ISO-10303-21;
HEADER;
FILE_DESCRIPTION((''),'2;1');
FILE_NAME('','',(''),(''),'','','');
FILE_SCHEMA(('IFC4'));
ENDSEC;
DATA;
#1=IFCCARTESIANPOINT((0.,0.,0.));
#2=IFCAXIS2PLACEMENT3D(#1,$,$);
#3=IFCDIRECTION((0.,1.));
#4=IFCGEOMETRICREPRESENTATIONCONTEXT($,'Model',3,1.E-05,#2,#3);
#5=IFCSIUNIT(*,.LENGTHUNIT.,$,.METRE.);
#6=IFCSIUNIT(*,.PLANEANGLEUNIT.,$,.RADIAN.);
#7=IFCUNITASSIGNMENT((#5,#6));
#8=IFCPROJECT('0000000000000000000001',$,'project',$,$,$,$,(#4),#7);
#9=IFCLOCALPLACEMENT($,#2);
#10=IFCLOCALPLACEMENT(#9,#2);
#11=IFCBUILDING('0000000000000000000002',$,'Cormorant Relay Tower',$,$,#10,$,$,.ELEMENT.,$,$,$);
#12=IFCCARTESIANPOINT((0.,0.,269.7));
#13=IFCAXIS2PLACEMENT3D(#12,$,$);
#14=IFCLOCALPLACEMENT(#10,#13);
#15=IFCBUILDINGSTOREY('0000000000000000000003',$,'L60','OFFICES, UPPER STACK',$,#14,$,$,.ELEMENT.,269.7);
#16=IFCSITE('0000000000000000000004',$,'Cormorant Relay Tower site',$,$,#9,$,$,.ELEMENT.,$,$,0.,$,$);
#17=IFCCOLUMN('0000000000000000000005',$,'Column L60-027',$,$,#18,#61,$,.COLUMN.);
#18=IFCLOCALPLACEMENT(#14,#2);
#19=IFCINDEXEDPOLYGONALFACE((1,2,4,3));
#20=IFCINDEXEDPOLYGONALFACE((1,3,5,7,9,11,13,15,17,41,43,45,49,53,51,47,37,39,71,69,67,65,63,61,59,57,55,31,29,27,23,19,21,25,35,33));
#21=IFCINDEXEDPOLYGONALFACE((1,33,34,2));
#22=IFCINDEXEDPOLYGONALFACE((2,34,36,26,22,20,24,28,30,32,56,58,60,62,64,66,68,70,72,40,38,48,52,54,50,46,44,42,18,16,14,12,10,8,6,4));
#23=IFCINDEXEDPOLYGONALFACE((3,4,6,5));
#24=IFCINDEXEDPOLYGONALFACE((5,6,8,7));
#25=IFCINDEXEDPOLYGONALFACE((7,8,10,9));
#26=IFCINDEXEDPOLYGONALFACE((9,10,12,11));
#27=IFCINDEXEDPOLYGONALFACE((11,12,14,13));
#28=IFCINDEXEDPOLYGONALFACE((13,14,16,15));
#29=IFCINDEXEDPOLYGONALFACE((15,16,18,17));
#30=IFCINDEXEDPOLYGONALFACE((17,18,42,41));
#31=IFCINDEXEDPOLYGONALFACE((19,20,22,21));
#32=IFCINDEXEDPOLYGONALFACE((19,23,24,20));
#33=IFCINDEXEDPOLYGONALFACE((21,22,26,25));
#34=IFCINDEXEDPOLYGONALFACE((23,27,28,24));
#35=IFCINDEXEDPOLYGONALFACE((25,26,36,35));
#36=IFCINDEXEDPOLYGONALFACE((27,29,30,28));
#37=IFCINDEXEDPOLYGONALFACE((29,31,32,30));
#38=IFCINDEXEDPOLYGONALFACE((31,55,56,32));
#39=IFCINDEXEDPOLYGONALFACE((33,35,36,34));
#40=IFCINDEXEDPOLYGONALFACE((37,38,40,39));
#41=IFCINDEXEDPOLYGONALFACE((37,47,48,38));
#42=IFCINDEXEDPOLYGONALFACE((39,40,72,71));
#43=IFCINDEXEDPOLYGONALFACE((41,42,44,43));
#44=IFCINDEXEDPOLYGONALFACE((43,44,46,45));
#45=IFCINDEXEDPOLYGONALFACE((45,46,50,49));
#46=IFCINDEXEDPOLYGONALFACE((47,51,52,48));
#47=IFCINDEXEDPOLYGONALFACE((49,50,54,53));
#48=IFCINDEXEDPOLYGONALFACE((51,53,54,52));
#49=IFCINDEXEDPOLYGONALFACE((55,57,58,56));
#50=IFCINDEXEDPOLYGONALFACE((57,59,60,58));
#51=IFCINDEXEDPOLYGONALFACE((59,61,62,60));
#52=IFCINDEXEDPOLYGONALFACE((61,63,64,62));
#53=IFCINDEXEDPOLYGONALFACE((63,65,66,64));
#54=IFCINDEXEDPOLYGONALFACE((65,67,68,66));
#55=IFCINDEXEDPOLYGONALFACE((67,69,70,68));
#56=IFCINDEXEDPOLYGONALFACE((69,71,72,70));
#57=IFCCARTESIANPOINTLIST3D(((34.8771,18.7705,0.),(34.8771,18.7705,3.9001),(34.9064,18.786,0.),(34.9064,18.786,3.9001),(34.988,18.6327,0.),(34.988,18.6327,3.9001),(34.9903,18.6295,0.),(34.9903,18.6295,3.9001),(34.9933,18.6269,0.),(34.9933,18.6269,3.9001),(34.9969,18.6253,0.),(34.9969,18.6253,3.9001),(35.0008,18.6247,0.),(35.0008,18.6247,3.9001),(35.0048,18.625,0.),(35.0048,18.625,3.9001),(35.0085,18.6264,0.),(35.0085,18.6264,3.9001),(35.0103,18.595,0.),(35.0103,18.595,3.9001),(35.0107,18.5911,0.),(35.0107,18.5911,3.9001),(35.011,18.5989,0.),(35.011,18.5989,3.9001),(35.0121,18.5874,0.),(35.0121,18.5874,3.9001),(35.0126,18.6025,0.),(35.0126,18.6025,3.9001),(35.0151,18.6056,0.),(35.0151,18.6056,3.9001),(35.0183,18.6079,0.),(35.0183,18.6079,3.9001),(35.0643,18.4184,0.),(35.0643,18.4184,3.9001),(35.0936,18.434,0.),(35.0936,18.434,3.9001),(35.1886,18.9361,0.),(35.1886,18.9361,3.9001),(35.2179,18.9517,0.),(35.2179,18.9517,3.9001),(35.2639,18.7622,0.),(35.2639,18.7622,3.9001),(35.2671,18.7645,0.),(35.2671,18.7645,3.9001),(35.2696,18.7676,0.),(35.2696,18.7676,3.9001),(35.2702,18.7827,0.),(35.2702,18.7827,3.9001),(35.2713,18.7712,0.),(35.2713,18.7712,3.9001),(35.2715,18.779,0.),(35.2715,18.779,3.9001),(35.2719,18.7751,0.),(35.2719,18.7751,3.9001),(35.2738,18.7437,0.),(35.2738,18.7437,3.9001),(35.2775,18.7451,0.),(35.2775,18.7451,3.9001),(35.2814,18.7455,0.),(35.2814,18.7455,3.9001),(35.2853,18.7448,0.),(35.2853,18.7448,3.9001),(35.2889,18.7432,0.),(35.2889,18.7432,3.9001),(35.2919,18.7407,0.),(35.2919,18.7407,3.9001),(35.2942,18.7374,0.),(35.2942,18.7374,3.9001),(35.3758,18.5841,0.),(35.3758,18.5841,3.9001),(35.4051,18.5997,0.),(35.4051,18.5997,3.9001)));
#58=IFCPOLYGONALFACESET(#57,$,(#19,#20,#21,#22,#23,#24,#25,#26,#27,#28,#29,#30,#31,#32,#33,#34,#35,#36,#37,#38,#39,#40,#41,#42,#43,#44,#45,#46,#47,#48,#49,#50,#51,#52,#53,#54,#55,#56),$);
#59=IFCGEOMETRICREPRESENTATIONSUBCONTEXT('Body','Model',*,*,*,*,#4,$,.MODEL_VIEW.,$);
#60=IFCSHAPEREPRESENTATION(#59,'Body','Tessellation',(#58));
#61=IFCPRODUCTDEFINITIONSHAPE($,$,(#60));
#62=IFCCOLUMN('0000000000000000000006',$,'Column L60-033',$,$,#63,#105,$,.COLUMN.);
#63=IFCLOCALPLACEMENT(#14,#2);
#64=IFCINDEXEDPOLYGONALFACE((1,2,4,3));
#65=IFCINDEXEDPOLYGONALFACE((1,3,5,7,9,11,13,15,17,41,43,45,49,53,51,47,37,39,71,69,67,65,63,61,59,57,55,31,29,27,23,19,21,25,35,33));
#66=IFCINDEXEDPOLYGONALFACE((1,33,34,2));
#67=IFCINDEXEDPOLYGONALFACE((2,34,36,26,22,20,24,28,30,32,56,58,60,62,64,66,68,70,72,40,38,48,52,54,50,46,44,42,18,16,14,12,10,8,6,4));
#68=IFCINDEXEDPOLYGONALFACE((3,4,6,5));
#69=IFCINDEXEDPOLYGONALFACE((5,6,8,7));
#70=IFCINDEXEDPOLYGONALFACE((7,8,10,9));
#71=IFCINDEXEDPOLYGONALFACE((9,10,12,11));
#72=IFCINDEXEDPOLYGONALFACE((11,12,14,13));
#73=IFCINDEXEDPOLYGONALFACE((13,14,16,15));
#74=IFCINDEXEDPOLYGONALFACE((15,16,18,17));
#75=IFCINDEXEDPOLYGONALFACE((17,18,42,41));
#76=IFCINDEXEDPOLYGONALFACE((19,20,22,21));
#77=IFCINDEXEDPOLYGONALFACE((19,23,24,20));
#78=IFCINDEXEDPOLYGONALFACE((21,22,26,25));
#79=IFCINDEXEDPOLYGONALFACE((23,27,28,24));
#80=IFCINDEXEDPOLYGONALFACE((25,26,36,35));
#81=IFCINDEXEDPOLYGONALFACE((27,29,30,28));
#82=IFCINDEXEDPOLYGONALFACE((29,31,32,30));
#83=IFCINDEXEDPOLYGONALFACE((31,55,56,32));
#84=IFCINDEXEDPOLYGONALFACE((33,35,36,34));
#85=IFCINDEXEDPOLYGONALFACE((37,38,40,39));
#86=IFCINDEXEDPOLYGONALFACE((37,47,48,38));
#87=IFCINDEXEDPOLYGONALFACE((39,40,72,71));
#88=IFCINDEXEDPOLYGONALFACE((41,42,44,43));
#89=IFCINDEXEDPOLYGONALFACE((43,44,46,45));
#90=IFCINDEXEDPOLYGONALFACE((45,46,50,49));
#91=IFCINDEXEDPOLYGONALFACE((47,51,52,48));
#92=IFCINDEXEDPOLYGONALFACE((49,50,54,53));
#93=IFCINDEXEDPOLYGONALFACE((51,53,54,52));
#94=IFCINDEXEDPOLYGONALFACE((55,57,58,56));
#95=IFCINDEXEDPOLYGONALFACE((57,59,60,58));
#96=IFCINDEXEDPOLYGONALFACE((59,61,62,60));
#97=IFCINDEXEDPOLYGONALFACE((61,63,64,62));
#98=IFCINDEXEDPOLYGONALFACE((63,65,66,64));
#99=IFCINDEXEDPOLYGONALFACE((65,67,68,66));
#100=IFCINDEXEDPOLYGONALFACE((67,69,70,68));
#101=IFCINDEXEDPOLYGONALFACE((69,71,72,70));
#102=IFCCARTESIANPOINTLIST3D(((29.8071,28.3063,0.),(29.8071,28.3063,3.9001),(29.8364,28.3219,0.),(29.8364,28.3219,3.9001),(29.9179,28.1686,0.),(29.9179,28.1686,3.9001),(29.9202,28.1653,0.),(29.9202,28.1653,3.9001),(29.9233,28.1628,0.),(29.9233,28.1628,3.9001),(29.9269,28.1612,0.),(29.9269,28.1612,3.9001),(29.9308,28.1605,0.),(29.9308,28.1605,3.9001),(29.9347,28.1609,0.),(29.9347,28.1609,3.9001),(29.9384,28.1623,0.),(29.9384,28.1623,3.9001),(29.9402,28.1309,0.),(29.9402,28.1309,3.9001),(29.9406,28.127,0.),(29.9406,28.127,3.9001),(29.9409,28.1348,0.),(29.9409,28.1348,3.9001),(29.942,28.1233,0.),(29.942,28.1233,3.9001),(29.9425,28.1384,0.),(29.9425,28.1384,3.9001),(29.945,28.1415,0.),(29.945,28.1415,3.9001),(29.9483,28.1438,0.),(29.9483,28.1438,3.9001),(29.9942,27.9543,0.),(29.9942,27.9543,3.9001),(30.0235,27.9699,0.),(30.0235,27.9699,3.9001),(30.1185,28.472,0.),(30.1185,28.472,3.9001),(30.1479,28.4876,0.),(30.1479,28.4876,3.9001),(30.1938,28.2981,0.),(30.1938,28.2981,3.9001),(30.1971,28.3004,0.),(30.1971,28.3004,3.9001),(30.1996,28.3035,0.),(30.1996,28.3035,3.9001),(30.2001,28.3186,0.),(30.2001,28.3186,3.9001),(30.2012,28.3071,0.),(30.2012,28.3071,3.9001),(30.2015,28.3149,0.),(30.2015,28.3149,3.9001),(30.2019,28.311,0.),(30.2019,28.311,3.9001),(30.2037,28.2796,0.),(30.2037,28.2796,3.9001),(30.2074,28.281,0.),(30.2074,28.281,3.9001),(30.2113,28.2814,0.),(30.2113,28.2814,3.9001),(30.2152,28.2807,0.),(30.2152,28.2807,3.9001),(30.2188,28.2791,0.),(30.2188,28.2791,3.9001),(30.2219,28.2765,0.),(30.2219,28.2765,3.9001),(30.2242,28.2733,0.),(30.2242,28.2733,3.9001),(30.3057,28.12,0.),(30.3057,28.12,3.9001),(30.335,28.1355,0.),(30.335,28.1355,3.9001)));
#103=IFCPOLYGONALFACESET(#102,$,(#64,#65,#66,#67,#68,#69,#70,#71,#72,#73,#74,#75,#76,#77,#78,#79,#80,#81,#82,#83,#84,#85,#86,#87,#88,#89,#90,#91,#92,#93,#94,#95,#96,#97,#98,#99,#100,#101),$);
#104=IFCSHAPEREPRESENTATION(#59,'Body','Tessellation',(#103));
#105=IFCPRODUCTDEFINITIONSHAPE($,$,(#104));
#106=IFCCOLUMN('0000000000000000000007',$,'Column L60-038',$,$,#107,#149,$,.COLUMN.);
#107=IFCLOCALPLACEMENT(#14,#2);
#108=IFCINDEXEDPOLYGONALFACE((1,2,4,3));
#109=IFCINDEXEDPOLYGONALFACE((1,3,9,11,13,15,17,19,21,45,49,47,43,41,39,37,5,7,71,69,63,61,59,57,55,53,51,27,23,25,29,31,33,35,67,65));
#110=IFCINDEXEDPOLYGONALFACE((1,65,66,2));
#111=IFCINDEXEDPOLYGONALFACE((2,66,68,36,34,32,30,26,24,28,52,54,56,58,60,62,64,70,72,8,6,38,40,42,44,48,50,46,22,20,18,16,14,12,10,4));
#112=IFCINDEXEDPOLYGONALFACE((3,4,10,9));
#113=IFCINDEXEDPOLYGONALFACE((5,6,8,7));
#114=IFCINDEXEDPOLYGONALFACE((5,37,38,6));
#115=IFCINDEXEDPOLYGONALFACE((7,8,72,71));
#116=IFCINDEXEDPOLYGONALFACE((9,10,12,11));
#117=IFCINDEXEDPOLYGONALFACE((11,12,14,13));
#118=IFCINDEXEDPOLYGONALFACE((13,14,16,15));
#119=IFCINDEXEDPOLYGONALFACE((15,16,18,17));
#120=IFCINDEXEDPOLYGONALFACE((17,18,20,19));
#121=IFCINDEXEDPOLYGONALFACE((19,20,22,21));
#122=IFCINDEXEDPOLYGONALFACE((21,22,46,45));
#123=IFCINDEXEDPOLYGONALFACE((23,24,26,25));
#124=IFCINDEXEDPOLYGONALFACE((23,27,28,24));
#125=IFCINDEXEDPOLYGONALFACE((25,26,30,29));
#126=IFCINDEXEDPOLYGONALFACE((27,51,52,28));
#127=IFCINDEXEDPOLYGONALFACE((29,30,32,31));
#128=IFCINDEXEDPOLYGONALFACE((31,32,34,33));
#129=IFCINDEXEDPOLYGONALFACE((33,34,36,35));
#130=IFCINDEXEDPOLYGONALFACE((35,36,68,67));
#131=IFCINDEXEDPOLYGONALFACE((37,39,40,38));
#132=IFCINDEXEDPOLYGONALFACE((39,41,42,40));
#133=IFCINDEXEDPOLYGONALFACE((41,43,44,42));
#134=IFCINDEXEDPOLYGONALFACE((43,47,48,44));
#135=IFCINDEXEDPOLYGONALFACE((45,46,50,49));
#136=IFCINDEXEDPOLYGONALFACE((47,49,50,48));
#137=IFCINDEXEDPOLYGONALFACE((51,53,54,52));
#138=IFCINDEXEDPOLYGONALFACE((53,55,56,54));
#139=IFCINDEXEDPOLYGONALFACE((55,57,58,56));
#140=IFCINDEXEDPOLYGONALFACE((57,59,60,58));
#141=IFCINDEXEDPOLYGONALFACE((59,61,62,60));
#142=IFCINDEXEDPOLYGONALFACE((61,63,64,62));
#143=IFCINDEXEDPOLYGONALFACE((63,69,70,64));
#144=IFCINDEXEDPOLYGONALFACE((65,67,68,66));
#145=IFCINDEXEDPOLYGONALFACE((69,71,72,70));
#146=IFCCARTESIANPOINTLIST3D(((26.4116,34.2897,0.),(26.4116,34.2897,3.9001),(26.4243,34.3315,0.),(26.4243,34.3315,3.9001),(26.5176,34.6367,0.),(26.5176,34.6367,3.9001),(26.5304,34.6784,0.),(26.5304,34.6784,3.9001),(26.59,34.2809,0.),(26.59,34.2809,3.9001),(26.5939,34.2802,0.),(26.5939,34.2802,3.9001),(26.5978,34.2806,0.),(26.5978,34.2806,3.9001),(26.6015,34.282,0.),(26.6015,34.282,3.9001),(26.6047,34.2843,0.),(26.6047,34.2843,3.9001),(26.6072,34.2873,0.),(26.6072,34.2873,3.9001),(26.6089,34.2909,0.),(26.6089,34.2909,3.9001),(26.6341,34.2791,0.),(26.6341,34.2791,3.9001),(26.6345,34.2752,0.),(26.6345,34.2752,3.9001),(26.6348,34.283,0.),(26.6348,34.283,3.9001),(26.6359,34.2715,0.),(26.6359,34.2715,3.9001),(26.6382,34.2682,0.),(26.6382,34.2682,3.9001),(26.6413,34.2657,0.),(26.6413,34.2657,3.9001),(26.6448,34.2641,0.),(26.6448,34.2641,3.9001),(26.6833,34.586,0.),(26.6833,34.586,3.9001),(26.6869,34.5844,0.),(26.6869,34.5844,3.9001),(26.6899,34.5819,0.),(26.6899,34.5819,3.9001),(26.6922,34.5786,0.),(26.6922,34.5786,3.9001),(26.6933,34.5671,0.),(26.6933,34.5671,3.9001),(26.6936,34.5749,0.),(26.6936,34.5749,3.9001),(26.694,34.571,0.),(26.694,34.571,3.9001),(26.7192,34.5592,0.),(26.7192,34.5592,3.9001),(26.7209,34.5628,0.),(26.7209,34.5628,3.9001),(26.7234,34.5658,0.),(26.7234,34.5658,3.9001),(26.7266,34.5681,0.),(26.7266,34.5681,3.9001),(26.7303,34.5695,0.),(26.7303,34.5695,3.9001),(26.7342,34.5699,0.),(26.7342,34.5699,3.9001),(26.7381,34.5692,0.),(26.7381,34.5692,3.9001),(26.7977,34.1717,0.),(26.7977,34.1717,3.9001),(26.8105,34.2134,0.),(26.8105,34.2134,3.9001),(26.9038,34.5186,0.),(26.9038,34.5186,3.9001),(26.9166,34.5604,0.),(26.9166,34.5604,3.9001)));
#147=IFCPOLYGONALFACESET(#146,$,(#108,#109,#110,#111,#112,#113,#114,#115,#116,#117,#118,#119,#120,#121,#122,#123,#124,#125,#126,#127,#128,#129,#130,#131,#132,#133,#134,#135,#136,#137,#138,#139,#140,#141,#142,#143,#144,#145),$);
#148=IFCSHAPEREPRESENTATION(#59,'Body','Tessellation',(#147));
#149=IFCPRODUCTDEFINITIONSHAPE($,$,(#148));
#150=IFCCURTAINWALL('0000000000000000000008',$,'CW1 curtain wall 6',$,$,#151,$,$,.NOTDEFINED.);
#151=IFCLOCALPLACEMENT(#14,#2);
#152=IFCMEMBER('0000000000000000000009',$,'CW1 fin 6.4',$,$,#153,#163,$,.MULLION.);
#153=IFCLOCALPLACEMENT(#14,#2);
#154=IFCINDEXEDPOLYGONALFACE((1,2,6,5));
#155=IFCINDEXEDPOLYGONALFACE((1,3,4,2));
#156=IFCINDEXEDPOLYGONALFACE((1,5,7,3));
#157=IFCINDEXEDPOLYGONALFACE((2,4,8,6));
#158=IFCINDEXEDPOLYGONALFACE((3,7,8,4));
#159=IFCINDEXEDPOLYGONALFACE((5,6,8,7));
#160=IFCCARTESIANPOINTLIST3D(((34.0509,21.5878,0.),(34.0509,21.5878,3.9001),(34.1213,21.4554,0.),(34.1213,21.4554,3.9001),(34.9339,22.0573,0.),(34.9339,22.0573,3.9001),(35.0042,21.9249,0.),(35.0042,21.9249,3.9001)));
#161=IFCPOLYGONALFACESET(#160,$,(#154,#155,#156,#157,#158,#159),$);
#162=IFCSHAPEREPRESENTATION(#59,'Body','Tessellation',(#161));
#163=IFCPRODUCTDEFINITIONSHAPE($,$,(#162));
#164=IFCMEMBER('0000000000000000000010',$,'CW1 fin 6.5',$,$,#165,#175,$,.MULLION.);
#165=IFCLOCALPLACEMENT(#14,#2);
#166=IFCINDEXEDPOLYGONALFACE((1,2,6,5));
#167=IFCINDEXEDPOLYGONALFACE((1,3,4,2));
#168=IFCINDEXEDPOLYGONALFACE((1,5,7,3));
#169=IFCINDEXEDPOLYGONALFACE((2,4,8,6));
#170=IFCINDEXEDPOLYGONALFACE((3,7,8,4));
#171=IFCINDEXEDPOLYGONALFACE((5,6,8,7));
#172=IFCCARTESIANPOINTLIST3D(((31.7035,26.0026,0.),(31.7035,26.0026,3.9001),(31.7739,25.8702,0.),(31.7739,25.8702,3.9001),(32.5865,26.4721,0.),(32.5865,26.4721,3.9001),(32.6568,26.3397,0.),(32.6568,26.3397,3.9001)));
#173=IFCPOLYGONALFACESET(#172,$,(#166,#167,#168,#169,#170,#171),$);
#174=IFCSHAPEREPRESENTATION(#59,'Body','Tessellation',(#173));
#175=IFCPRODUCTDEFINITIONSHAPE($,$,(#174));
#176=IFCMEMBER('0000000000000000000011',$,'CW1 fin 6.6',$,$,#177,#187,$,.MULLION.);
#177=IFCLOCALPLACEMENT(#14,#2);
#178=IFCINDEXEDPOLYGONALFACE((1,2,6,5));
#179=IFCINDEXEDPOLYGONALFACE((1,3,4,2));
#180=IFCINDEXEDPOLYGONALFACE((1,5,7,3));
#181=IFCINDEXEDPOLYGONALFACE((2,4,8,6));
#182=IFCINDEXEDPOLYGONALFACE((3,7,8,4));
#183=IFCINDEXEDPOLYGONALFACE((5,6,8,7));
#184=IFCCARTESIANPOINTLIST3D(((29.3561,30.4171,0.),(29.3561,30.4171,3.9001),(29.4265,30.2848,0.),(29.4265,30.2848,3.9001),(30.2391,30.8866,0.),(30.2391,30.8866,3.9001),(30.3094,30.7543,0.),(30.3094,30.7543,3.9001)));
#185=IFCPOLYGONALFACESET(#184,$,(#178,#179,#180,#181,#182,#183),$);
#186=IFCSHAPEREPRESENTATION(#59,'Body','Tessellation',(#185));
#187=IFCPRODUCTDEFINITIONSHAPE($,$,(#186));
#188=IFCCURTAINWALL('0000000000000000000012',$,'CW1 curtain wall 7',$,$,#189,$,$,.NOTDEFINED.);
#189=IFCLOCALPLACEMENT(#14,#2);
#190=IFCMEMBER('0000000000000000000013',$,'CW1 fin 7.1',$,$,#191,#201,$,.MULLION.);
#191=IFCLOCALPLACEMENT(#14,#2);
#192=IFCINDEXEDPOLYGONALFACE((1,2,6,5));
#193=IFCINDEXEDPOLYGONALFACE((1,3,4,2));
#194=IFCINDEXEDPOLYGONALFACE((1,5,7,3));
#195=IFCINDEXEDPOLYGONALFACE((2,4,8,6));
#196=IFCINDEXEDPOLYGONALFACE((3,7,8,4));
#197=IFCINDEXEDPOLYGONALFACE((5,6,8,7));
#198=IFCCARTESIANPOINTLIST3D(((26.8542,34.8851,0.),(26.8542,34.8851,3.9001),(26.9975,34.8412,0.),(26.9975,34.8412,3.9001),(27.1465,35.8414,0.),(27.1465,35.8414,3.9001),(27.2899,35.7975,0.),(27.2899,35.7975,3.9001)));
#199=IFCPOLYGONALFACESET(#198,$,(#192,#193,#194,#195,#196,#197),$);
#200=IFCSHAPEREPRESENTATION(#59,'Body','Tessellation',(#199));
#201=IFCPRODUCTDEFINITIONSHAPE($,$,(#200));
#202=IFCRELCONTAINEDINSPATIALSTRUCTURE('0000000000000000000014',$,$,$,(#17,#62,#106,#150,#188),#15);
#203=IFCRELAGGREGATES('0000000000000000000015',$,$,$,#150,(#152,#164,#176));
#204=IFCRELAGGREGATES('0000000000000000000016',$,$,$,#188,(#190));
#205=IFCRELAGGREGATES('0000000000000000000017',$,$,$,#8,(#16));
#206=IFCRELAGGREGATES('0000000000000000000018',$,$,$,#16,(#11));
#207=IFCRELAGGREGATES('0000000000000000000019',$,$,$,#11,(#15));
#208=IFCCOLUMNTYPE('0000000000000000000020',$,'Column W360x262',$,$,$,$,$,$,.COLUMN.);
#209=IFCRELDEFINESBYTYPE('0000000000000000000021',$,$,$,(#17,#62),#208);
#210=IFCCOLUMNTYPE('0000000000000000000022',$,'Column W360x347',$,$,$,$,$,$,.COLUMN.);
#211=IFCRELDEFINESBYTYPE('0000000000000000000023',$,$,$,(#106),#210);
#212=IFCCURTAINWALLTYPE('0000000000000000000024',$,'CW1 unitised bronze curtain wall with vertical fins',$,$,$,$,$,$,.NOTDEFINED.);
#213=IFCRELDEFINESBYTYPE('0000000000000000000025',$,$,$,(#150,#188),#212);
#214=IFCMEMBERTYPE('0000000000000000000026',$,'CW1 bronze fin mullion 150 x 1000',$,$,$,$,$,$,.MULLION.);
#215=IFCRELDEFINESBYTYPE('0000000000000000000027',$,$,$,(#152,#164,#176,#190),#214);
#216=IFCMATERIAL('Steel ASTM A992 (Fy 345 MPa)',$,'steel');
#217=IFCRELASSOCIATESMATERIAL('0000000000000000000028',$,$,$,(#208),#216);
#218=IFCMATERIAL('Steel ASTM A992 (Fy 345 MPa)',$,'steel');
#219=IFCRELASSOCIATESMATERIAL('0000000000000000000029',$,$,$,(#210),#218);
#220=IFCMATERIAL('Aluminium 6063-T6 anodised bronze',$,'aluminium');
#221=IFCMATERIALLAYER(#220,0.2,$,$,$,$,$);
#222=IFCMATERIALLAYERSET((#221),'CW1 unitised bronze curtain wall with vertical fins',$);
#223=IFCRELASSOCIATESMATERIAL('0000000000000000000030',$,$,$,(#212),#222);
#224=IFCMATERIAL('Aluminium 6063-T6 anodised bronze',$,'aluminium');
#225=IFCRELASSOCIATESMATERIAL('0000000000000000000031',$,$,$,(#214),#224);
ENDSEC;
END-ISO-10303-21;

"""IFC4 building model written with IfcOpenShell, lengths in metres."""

from ifc_helpers import new_model, si_unit, direction, frame, origin, origin_2d, place, context, subcontext, project, spatial, rectangle, i_section, extrude, material, layer, layer_set, material_profile, profile_set, type_object, element, aggregate, save


model = new_model("IFC4")

# Units and contexts
model_context = context("Model", 3, precision=1e-05, world=origin(), true_north=direction((0.0, 1.0)))
body_context = subcontext(model_context, "Body", "Model", "MODEL_VIEW")
ifc_project = project(units=[si_unit("LENGTHUNIT", "METRE"), si_unit("PLANEANGLEUNIT", "RADIAN")], contexts=[model_context])

# Site, building, storey
site_placement = place(None, origin())
site = spatial("IfcSite", under=ifc_project, at=site_placement, Name="Cormorant Relay Tower site", CompositionType="ELEMENT", RefElevation=0.0)
building_placement = place(site_placement, origin())
building = spatial("IfcBuilding", under=site, at=building_placement, Name="Cormorant Relay Tower", CompositionType="ELEMENT")
storey_placement = place(building_placement, frame((0.0, 0.0, 269.7)))
storey = spatial("IfcBuildingStorey", under=building, at=storey_placement, Name="L60", Description="OFFICES, UPPER STACK", CompositionType="ELEMENT", Elevation=269.7)

# Columns
ifc_material_1 = material(Name="Steel ASTM A992 (Fy 345 MPa)", Category="steel")
ifc_material_profile_1 = material_profile(ifc_material_1, i_section(OverallWidth=0.3987, OverallDepth=0.386, WebThickness=0.021, FlangeThickness=0.0332, FilletRadius=0.0151, at=origin_2d()), Name="W360x262")
ifc_profile_set_1 = profile_set([ifc_material_profile_1], Name="Steel ASTM A992 (Fy 345 MPa)")
column_type_1 = type_object("IfcColumnType", Name="Column W360x262", PredefinedType="COLUMN", material=ifc_profile_set_1)
for number, where, z_axis, x_axis, name in (
    (1, (35.1411, 18.6851, 0.0), (0.0, 0.0, 1.0), (-0.469472, 0.882948, 0.0), "Column L60-027"),
    (2, (30.071, 28.2209, 0.0), (0.0, 0.0, 1.0), (-0.469472, 0.882948, 0.0), "Column L60-033"),
):
    element("IfcColumn", number, at=place(storey_placement, frame(where, z_axis=z_axis, x_axis=x_axis)), inside=storey, type_object=column_type_1, Name=name, PredefinedType="COLUMN", context=body_context, shape_type="SweptSolid", body=[
        extrude(i_section(OverallWidth=0.3987, OverallDepth=0.386, WebThickness=0.021, FlangeThickness=0.0332, FilletRadius=0.0151, at=origin_2d()), origin(), (0.0, 0.0, 1.0), 3.9001),
    ])
ifc_material_2 = material(Name="Steel ASTM A992 (Fy 345 MPa)", Category="steel")
ifc_material_profile_2 = material_profile(ifc_material_2, i_section(OverallWidth=0.4038, OverallDepth=0.4065, WebThickness=0.0271, FlangeThickness=0.0437, FilletRadius=0.0151, at=origin_2d()), Name="W360x347")
ifc_profile_set_2 = profile_set([ifc_material_profile_2], Name="Steel ASTM A992 (Fy 345 MPa)")
column_type_2 = type_object("IfcColumnType", Name="Column W360x347", PredefinedType="COLUMN", material=ifc_profile_set_2)
column_placement = place(storey_placement, frame((26.6641, 34.425, 0.0), z_axis=(0.0, 0.0, 1.0), x_axis=(-0.956305, 0.292372, 0.0)))
element("IfcColumn", 3, at=column_placement, inside=storey, type_object=column_type_2, Name="Column L60-038", PredefinedType="COLUMN", context=body_context, shape_type="SweptSolid", body=[
    extrude(i_section(OverallWidth=0.4038, OverallDepth=0.4065, WebThickness=0.0271, FlangeThickness=0.0437, FilletRadius=0.0151, at=origin_2d()), origin(), (0.0, 0.0, 1.0), 3.9001),
])

# Curtain walls, members
ifc_material_3 = material(Name="Aluminium 6063-T6 anodised bronze", Category="aluminium")
ifc_layer_1 = layer(ifc_material_3, 0.2)
ifc_layer_set_1 = layer_set([ifc_layer_1], Name="CW1 unitised bronze curtain wall with vertical fins")
curtain_wall_type = type_object("IfcCurtainWallType", Name="CW1 unitised bronze curtain wall with vertical fins", PredefinedType="NOTDEFINED", material=ifc_layer_set_1)
curtain_wall_1_placement = place(storey_placement, origin())
curtain_wall_1 = element("IfcCurtainWall", 4, at=curtain_wall_1_placement, inside=storey, type_object=curtain_wall_type, Name="CW1 curtain wall 6", PredefinedType="NOTDEFINED")
ifc_material_4 = material(Name="Aluminium 6063-T6 anodised bronze", Category="aluminium")
ifc_material_profile_3 = material_profile(ifc_material_4, rectangle(XDim=0.1499, YDim=1.0, at=origin_2d()), Name="AL 150x1000")
ifc_profile_set_3 = profile_set([ifc_material_profile_3], Name="Aluminium 6063-T6 anodised bronze")
member_type_1 = type_object("IfcMemberType", Name="CW1 bronze fin mullion 150 x 1000", PredefinedType="MULLION", material=ifc_profile_set_3)
member_1_placement = place(storey_placement, frame((34.5276, 21.7563, 0.0), z_axis=(0.0, 0.0, 1.0), x_axis=(-0.469472, 0.882948, 0.0)))
member_1 = element("IfcMember", 5, at=member_1_placement, type_object=member_type_1, Name="CW1 fin 6.4", PredefinedType="MULLION", context=body_context, shape_type="SweptSolid", body=[
    extrude(rectangle(XDim=0.1499, YDim=1.0, at=origin_2d()), origin(), (0.0, 0.0, 1.0), 3.9001),
])
member_2_placement = place(storey_placement, frame((32.1802, 26.1711, 0.0), z_axis=(0.0, 0.0, 1.0), x_axis=(-0.469472, 0.882948, 0.0)))
member_2 = element("IfcMember", 6, at=member_2_placement, type_object=member_type_1, Name="CW1 fin 6.5", PredefinedType="MULLION", context=body_context, shape_type="SweptSolid", body=[
    extrude(rectangle(XDim=0.1499, YDim=1.0, at=origin_2d()), origin(), (0.0, 0.0, 1.0), 3.9001),
])
member_3_placement = place(storey_placement, frame((29.8328, 30.5857, 0.0), z_axis=(0.0, 0.0, 1.0), x_axis=(-0.469472, 0.882948, 0.0)))
member_3 = element("IfcMember", 7, at=member_3_placement, type_object=member_type_1, Name="CW1 fin 6.6", PredefinedType="MULLION", context=body_context, shape_type="SweptSolid", body=[
    extrude(rectangle(XDim=0.1499, YDim=1.0, at=origin_2d()), origin(), (0.0, 0.0, 1.0), 3.9001),
])
curtain_wall_2_placement = place(storey_placement, origin())
curtain_wall_2 = element("IfcCurtainWall", 8, at=curtain_wall_2_placement, inside=storey, type_object=curtain_wall_type, Name="CW1 curtain wall 7", PredefinedType="NOTDEFINED")
member_4_placement = place(storey_placement, frame((27.072, 35.3413, 0.0), z_axis=(0.0, 0.0, 1.0), x_axis=(-0.956305, 0.292372, 0.0)))
member_4 = element("IfcMember", 9, at=member_4_placement, type_object=member_type_1, Name="CW1 fin 7.1", PredefinedType="MULLION", context=body_context, shape_type="SweptSolid", body=[
    extrude(rectangle(XDim=0.1499, YDim=1.0, at=origin_2d()), origin(), (0.0, 0.0, 1.0), 3.9001),
])

aggregate(curtain_wall_1, [member_1, member_2, member_3])
aggregate(curtain_wall_2, [member_4])

save(model, "model.ifc")
